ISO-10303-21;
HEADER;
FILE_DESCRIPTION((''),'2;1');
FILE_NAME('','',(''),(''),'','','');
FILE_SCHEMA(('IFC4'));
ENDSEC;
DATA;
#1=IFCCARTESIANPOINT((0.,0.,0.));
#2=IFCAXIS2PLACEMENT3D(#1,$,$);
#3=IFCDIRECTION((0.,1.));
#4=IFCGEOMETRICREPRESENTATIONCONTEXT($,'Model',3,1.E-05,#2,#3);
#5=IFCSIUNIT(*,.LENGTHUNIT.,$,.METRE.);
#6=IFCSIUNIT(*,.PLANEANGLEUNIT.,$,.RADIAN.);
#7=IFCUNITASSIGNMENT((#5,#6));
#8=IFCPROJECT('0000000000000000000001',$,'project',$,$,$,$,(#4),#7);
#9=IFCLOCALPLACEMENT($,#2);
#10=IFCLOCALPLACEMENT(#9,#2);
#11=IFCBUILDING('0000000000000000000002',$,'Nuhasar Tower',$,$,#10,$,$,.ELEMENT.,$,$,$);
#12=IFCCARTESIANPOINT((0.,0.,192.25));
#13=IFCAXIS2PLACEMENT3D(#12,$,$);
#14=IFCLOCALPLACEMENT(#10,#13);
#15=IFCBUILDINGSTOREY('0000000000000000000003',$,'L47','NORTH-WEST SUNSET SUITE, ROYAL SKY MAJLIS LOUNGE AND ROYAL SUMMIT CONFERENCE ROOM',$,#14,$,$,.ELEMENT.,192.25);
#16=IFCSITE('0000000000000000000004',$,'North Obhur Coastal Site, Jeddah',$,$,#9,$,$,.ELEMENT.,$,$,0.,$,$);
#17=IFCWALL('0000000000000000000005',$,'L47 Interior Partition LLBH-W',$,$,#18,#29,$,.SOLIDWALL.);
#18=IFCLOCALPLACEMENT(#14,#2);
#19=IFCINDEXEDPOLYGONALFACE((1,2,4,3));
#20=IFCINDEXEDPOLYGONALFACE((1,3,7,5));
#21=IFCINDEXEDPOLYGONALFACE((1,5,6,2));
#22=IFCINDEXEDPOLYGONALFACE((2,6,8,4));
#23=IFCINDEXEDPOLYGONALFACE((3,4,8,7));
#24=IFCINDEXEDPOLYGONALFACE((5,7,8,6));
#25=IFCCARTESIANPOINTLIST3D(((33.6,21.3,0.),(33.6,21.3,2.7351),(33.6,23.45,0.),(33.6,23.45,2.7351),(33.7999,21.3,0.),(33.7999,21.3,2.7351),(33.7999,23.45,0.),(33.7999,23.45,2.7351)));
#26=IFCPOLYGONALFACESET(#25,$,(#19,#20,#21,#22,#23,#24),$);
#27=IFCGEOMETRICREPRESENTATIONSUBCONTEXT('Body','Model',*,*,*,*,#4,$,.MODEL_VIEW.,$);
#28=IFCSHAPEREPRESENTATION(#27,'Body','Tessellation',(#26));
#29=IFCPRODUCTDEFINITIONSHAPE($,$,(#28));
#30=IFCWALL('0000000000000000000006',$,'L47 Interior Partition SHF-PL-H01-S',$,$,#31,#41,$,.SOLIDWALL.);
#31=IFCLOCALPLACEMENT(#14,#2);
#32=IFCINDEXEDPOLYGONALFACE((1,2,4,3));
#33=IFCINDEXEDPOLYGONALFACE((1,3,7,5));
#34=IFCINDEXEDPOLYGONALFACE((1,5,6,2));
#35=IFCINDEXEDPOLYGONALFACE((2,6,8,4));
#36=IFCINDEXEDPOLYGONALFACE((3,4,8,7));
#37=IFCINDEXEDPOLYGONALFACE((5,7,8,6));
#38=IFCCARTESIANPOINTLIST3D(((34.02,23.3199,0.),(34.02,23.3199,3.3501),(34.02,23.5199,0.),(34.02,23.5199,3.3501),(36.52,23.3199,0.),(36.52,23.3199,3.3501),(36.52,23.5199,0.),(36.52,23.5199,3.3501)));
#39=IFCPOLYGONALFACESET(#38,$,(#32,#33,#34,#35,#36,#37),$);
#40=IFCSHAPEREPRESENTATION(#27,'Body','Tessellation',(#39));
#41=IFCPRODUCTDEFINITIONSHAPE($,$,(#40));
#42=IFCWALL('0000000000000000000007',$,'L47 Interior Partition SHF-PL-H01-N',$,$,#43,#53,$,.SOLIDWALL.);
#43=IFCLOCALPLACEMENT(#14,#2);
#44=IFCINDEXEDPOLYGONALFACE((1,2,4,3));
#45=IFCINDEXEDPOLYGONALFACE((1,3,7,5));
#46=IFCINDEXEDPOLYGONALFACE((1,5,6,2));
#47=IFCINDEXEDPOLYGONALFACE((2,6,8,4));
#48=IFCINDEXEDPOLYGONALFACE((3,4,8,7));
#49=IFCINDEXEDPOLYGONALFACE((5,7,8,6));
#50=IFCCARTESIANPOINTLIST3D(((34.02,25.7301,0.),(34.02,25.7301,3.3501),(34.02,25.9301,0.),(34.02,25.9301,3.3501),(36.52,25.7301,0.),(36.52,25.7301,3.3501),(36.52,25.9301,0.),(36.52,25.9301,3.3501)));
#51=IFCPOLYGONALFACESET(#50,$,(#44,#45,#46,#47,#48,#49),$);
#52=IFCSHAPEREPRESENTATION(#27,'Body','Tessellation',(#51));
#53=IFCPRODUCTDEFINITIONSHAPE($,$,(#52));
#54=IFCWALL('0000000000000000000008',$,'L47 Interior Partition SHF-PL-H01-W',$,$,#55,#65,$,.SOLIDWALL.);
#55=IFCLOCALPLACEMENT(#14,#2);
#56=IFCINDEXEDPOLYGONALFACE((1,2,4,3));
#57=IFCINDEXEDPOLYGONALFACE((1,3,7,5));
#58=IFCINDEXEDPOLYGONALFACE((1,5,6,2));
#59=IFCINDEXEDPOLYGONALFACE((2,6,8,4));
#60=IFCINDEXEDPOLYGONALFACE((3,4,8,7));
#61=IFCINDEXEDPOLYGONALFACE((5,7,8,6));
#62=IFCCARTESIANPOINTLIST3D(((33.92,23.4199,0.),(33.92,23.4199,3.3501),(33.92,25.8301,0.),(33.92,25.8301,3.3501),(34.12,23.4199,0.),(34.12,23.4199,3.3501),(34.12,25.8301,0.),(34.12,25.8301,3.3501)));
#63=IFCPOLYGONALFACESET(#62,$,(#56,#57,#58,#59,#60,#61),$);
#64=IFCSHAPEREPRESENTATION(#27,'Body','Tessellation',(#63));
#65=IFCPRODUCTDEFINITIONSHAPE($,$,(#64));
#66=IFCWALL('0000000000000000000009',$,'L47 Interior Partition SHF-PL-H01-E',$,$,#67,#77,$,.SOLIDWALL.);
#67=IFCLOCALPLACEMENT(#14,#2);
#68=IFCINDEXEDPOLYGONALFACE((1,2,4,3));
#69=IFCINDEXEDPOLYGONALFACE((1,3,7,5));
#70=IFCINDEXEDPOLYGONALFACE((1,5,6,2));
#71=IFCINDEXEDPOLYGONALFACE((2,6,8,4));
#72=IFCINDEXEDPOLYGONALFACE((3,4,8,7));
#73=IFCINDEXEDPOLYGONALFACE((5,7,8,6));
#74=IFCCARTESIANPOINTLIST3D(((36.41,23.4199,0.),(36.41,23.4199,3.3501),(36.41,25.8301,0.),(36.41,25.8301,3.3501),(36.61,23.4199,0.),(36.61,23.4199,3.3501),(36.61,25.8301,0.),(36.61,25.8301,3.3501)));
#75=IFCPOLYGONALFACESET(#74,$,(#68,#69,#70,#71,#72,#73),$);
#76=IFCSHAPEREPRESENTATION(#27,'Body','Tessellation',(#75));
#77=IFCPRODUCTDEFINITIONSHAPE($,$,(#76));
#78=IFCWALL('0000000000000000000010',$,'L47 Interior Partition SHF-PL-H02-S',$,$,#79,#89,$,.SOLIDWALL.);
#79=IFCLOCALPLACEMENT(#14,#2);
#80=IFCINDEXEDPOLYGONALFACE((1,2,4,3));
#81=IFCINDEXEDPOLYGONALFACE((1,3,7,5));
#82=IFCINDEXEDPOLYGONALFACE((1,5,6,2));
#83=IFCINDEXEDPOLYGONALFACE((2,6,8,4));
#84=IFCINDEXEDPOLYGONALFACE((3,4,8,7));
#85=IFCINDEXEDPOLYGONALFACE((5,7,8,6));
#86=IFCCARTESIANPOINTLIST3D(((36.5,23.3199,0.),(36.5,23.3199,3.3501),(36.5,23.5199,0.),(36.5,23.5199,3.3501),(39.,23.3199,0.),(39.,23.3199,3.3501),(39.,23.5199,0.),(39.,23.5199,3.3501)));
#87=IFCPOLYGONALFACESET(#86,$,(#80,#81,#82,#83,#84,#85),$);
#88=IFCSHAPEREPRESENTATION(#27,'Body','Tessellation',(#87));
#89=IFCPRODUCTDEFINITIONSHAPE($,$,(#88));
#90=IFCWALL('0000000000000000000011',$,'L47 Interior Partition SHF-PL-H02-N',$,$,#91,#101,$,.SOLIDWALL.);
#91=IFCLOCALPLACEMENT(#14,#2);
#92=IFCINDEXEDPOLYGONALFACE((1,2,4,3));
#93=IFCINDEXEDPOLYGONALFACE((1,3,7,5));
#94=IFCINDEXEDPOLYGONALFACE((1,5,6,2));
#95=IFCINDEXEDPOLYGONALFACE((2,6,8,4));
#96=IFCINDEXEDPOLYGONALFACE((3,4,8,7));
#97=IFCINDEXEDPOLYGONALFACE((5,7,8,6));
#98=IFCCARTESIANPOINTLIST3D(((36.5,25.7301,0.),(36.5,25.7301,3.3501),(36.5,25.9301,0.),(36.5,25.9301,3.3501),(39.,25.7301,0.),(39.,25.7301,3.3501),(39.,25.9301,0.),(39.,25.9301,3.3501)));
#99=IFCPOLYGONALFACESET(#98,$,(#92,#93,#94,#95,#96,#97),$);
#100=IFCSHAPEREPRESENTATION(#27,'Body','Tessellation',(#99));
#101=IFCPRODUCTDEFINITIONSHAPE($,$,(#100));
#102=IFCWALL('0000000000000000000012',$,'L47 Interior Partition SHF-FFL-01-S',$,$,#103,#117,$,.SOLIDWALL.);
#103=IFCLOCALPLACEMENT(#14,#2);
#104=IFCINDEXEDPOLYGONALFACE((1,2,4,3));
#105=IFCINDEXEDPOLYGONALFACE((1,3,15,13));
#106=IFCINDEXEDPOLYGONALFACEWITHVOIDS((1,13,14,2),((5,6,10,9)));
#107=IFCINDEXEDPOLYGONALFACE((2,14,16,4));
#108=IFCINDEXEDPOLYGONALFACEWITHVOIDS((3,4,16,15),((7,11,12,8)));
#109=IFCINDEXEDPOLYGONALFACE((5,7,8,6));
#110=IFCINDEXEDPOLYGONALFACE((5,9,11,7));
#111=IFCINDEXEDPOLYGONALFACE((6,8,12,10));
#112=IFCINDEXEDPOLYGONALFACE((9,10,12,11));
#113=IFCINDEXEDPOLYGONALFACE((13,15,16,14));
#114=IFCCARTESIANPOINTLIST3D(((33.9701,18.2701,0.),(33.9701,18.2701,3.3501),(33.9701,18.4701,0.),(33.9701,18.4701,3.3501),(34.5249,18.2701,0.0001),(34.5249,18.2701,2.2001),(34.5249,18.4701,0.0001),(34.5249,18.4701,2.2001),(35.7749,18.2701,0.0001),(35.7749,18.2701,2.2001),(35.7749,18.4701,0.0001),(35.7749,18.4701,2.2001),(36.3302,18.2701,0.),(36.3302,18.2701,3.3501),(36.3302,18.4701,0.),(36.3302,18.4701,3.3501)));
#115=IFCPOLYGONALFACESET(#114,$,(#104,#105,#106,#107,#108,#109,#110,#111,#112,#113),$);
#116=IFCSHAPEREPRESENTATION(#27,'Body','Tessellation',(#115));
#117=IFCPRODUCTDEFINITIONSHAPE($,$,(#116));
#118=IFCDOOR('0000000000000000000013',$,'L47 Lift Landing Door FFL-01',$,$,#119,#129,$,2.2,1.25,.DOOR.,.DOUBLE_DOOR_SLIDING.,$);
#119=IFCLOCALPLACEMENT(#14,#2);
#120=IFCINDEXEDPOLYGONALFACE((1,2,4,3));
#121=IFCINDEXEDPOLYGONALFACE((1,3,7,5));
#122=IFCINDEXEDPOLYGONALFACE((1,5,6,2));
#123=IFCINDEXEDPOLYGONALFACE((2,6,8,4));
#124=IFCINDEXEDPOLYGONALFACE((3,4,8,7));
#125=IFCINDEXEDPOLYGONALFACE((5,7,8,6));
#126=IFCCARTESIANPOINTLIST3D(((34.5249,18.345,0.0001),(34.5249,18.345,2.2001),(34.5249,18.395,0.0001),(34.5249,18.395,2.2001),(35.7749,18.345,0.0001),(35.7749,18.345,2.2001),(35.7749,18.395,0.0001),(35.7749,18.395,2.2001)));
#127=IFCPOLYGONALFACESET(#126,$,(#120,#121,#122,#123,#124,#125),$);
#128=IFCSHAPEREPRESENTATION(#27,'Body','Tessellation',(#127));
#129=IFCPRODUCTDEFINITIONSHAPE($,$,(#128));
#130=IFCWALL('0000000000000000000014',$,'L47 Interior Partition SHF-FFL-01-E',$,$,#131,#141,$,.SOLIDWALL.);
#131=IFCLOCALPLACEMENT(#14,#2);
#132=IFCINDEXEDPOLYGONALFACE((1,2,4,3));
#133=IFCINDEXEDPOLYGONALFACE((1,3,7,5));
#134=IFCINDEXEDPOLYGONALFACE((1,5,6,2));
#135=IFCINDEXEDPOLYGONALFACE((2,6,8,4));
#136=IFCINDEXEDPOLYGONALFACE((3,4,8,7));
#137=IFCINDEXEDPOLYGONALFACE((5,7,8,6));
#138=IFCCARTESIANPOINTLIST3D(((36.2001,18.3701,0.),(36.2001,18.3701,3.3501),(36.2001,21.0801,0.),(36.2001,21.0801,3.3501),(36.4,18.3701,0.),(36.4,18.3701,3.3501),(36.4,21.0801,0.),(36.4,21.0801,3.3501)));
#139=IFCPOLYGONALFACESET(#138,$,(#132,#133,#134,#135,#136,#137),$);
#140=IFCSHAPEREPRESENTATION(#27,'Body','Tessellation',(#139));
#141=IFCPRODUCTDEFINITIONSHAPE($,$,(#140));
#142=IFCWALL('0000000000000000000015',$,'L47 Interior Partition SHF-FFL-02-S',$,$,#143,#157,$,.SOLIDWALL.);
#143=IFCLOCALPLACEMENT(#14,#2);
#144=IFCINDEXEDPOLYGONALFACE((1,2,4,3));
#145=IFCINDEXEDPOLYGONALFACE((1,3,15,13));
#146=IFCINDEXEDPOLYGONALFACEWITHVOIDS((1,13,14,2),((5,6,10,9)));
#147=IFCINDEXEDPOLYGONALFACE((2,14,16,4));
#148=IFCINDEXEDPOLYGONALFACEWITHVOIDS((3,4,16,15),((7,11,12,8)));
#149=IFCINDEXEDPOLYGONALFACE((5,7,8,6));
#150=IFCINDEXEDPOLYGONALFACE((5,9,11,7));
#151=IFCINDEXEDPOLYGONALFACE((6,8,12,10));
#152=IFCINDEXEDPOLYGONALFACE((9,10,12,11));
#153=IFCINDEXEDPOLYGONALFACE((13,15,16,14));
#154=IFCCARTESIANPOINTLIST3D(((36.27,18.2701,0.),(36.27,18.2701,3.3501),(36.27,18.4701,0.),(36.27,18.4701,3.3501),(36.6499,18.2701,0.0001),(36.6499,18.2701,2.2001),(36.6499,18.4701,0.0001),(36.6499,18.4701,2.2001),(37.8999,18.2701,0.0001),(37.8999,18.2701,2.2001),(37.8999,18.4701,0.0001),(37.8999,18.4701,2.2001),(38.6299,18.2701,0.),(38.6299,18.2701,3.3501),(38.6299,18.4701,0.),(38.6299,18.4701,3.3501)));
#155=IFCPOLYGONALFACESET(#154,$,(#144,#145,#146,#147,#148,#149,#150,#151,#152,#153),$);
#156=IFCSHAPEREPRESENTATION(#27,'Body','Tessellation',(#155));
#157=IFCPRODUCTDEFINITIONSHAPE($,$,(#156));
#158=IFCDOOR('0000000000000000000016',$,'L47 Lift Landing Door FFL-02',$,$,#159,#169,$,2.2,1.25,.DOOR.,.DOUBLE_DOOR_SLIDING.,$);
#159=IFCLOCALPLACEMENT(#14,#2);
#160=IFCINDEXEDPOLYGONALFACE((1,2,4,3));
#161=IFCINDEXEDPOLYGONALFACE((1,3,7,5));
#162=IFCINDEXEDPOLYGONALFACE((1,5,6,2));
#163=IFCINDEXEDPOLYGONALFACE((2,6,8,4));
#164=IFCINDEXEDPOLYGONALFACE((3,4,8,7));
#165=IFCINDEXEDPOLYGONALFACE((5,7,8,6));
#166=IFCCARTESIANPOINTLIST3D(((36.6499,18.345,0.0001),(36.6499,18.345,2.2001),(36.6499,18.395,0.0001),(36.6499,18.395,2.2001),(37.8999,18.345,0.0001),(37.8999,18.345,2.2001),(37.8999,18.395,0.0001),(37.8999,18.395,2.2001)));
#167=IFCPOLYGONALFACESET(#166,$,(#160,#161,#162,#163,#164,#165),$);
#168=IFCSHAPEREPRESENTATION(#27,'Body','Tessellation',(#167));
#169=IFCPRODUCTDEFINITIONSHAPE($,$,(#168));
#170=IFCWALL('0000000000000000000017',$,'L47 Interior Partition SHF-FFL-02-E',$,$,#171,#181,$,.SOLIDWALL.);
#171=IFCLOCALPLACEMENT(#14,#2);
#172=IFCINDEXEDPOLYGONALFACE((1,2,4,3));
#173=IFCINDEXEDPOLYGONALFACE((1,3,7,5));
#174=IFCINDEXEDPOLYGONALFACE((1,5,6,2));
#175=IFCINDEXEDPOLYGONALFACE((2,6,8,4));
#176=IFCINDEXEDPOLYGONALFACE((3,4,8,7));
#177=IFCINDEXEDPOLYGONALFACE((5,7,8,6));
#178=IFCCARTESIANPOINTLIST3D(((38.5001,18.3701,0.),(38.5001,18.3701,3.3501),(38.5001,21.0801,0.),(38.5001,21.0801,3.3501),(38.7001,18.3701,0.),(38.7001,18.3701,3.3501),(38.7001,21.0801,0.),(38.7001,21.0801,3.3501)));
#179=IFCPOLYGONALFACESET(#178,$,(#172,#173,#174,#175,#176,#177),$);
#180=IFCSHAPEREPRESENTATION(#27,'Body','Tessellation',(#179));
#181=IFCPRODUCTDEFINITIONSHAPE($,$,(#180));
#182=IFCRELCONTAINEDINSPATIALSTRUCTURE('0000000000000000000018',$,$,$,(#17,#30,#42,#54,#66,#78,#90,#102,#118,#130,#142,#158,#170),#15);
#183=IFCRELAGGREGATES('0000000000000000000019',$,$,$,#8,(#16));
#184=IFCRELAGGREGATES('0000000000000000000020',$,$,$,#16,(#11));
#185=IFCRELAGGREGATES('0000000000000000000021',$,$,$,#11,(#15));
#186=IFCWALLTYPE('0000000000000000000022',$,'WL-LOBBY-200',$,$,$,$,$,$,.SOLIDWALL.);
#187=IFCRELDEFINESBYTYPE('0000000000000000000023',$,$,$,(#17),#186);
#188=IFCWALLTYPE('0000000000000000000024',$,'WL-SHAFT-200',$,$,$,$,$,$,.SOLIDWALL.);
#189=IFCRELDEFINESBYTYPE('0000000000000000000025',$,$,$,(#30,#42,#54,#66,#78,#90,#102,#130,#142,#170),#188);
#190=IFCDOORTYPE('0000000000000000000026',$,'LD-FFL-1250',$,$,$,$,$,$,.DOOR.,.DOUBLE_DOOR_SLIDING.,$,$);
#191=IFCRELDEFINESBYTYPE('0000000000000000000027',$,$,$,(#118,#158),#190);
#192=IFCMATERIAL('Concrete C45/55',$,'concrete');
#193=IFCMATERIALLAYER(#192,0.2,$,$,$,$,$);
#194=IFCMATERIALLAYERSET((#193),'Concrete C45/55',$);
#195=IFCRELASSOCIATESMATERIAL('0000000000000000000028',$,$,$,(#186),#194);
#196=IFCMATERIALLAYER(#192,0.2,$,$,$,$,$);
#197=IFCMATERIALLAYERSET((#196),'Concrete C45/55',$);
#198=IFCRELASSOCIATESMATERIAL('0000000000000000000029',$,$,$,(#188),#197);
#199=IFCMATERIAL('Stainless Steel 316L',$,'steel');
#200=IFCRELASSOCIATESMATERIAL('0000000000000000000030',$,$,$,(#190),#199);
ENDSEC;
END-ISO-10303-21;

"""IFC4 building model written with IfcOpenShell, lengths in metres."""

from ifc_helpers import new_model, si_unit, direction, frame, frame_2d, origin, place, context, subcontext, project, spatial, rectangle, extrude, material, layer, layer_set, type_object, element, fill, save


model = new_model("IFC4")

# Units and contexts
model_context = context("Model", 3, precision=1e-05, world=origin(), true_north=direction((0.0, 1.0)))
body_context = subcontext(model_context, "Body", "Model", "MODEL_VIEW")
ifc_project = project(units=[si_unit("LENGTHUNIT", "METRE"), si_unit("PLANEANGLEUNIT", "RADIAN")], contexts=[model_context])

# Site, building, storey
site_placement = place(None, origin())
site = spatial("IfcSite", under=ifc_project, at=site_placement, Name="North Obhur Coastal Site, Jeddah", CompositionType="ELEMENT", RefElevation=0.0)
building_placement = place(site_placement, origin())
building = spatial("IfcBuilding", under=site, at=building_placement, Name="Nuhasar Tower", CompositionType="ELEMENT")
storey_placement = place(building_placement, frame((0.0, 0.0, 192.25)))
storey = spatial("IfcBuildingStorey", under=building, at=storey_placement, Name="L47", Description="NORTH-WEST SUNSET SUITE, ROYAL SKY MAJLIS LOUNGE AND ROYAL SUMMIT CONFERENCE ROOM", CompositionType="ELEMENT", Elevation=192.25)

# Walls
ifc_material_1 = material(Name="Concrete C45/55", Category="concrete")
ifc_layer_1 = layer(ifc_material_1, 0.2)
ifc_layer_set_1 = layer_set([ifc_layer_1], Name="Concrete C45/55")
wall_type_1 = type_object("IfcWallType", Name="WL-LOBBY-200", PredefinedType="SOLIDWALL", material=ifc_layer_set_1)
wall_1_placement = place(storey_placement, frame((33.7, 21.3, 0.0), z_axis=(0.0, 0.0, 1.0), x_axis=(0.0, 1.0, 0.0)))
element("IfcWall", 1, at=wall_1_placement, inside=storey, type_object=wall_type_1, Name="L47 Interior Partition LLBH-W", PredefinedType="SOLIDWALL", context=body_context, shape_type="SweptSolid", body=[
    extrude(rectangle(XDim=2.1499, YDim=0.2, at=frame_2d((1.075, 0.0))), origin(), (0.0, 0.0, 1.0), 2.7351),
])
ifc_layer_2 = layer(ifc_material_1, 0.2)
ifc_layer_set_2 = layer_set([ifc_layer_2], Name="Concrete C45/55")
wall_type_2 = type_object("IfcWallType", Name="WL-SHAFT-200", PredefinedType="SOLIDWALL", material=ifc_layer_set_2)
for number, where, z_axis, x_axis, name in (
    (2, (34.02, 23.4199, 0.0), (0.0, 0.0, 1.0), (1.0, 0.0, 0.0), "L47 Interior Partition SHF-PL-H01-S"),
    (3, (34.02, 25.8301, 0.0), (0.0, 0.0, 1.0), (1.0, 0.0, 0.0), "L47 Interior Partition SHF-PL-H01-N"),
):
    element("IfcWall", number, at=place(storey_placement, frame(where, z_axis=z_axis, x_axis=x_axis)), inside=storey, type_object=wall_type_2, Name=name, PredefinedType="SOLIDWALL", context=body_context, shape_type="SweptSolid", body=[
        extrude(rectangle(XDim=2.5, YDim=0.2, at=frame_2d((1.25, 0.0))), origin(), (0.0, 0.0, 1.0), 3.3501),
    ])
for number, where, z_axis, x_axis, name in (
    (4, (34.02, 23.4199, 0.0), (0.0, 0.0, 1.0), (0.0, 1.0, 0.0), "L47 Interior Partition SHF-PL-H01-W"),
    (5, (36.51, 23.4199, 0.0), (0.0, 0.0, 1.0), (0.0, 1.0, 0.0), "L47 Interior Partition SHF-PL-H01-E"),
):
    element("IfcWall", number, at=place(storey_placement, frame(where, z_axis=z_axis, x_axis=x_axis)), inside=storey, type_object=wall_type_2, Name=name, PredefinedType="SOLIDWALL", context=body_context, shape_type="SweptSolid", body=[
        extrude(rectangle(XDim=2.4102, YDim=0.2, at=frame_2d((1.2051, 0.0))), origin(), (0.0, 0.0, 1.0), 3.3501),
    ])
for number, where, z_axis, x_axis, name in (
    (6, (36.5, 23.4199, 0.0), (0.0, 0.0, 1.0), (1.0, 0.0, 0.0), "L47 Interior Partition SHF-PL-H02-S"),
    (7, (36.5, 25.8301, 0.0), (0.0, 0.0, 1.0), (1.0, 0.0, 0.0), "L47 Interior Partition SHF-PL-H02-N"),
):
    element("IfcWall", number, at=place(storey_placement, frame(where, z_axis=z_axis, x_axis=x_axis)), inside=storey, type_object=wall_type_2, Name=name, PredefinedType="SOLIDWALL", context=body_context, shape_type="SweptSolid", body=[
        extrude(rectangle(XDim=2.5, YDim=0.2, at=frame_2d((1.25, 0.0))), origin(), (0.0, 0.0, 1.0), 3.3501),
    ])

# Wall, opening, door
wall_2_placement = place(storey_placement, frame((33.97, 18.3701, 0.0), z_axis=(0.0, 0.0, 1.0), x_axis=(1.0, 0.0, 0.0)))
wall_2 = element("IfcWall", 8, at=wall_2_placement, inside=storey, type_object=wall_type_2, Name="L47 Interior Partition SHF-FFL-01-S", PredefinedType="SOLIDWALL", context=body_context, shape_type="SweptSolid", body=[
    extrude(rectangle(XDim=2.3601, YDim=0.2, at=frame_2d((1.1802, 0.0))), origin(), (0.0, 0.0, 1.0), 3.3501),
])
opening_1_placement = place(wall_2_placement, frame((0.5549, 0.0, 0.0)))
opening_1 = element("IfcOpeningElement", 9, at=opening_1_placement, cuts=wall_2, PredefinedType="OPENING", context=body_context, shape_type="SweptSolid", body=[
    extrude(rectangle(XDim=1.25, YDim=2.2, at=frame_2d((0.625, 1.1001))), frame((0.0, 0.1099, 0.0), z_axis=(0.0, -1.0, 0.0), x_axis=(1.0, 0.0, 0.0)), (0.0, 0.0, 1.0), 0.22),
])
ifc_material_2 = material(Name="Stainless Steel 316L", Category="steel")
door_type_1 = type_object("IfcDoorType", Name="LD-FFL-1250", OperationType="DOUBLE_DOOR_SLIDING", PredefinedType="DOOR", material=ifc_material_2)
door_1_placement = place(opening_1_placement, origin())
door_1 = element("IfcDoor", 10, at=door_1_placement, inside=storey, type_object=door_type_1, Name="L47 Lift Landing Door FFL-01", OperationType="DOUBLE_DOOR_SLIDING", OverallHeight=2.2, OverallWidth=1.25, PredefinedType="DOOR", context=body_context, shape_type="SweptSolid", body=[
    extrude(rectangle(XDim=1.25, YDim=2.2, at=frame_2d((0.625, 1.1001))), frame((0.0, 0.0249, 0.0), z_axis=(0.0, -1.0, 0.0), x_axis=(1.0, 0.0, 0.0)), (0.0, 0.0, 1.0), 0.05),
])
fill(opening_1, door_1)

# Wall
wall_3_placement = place(storey_placement, frame((36.3, 18.3701, 0.0), z_axis=(0.0, 0.0, 1.0), x_axis=(0.0, 1.0, 0.0)))
element("IfcWall", 11, at=wall_3_placement, inside=storey, type_object=wall_type_2, Name="L47 Interior Partition SHF-FFL-01-E", PredefinedType="SOLIDWALL", context=body_context, shape_type="SweptSolid", body=[
    extrude(rectangle(XDim=2.71, YDim=0.2, at=frame_2d((1.355, 0.0))), origin(), (0.0, 0.0, 1.0), 3.3501),
])

# Wall, opening, door
wall_4_placement = place(storey_placement, frame((36.27, 18.3701, 0.0), z_axis=(0.0, 0.0, 1.0), x_axis=(1.0, 0.0, 0.0)))
wall_4 = element("IfcWall", 12, at=wall_4_placement, inside=storey, type_object=wall_type_2, Name="L47 Interior Partition SHF-FFL-02-S", PredefinedType="SOLIDWALL", context=body_context, shape_type="SweptSolid", body=[
    extrude(rectangle(XDim=2.3599, YDim=0.2, at=frame_2d((1.1799, 0.0))), origin(), (0.0, 0.0, 1.0), 3.3501),
])
opening_2_placement = place(wall_4_placement, frame((0.3799, 0.0, 0.0)))
opening_2 = element("IfcOpeningElement", 13, at=opening_2_placement, cuts=wall_4, PredefinedType="OPENING", context=body_context, shape_type="SweptSolid", body=[
    extrude(rectangle(XDim=1.25, YDim=2.2, at=frame_2d((0.625, 1.1001))), frame((0.0, 0.1099, 0.0), z_axis=(0.0, -1.0, 0.0), x_axis=(1.0, 0.0, 0.0)), (0.0, 0.0, 1.0), 0.22),
])
door_2_placement = place(opening_2_placement, origin())
door_2 = element("IfcDoor", 14, at=door_2_placement, inside=storey, type_object=door_type_1, Name="L47 Lift Landing Door FFL-02", OperationType="DOUBLE_DOOR_SLIDING", OverallHeight=2.2, OverallWidth=1.25, PredefinedType="DOOR", context=body_context, shape_type="SweptSolid", body=[
    extrude(rectangle(XDim=1.25, YDim=2.2, at=frame_2d((0.625, 1.1001))), frame((0.0, 0.0249, 0.0), z_axis=(0.0, -1.0, 0.0), x_axis=(1.0, 0.0, 0.0)), (0.0, 0.0, 1.0), 0.05),
])
fill(opening_2, door_2)

# Wall
wall_5_placement = place(storey_placement, frame((38.6001, 18.3701, 0.0), z_axis=(0.0, 0.0, 1.0), x_axis=(0.0, 1.0, 0.0)))
element("IfcWall", 15, at=wall_5_placement, inside=storey, type_object=wall_type_2, Name="L47 Interior Partition SHF-FFL-02-E", PredefinedType="SOLIDWALL", context=body_context, shape_type="SweptSolid", body=[
    extrude(rectangle(XDim=2.71, YDim=0.2, at=frame_2d((1.355, 0.0))), origin(), (0.0, 0.0, 1.0), 3.3501),
])

save(model, "model.ifc")
